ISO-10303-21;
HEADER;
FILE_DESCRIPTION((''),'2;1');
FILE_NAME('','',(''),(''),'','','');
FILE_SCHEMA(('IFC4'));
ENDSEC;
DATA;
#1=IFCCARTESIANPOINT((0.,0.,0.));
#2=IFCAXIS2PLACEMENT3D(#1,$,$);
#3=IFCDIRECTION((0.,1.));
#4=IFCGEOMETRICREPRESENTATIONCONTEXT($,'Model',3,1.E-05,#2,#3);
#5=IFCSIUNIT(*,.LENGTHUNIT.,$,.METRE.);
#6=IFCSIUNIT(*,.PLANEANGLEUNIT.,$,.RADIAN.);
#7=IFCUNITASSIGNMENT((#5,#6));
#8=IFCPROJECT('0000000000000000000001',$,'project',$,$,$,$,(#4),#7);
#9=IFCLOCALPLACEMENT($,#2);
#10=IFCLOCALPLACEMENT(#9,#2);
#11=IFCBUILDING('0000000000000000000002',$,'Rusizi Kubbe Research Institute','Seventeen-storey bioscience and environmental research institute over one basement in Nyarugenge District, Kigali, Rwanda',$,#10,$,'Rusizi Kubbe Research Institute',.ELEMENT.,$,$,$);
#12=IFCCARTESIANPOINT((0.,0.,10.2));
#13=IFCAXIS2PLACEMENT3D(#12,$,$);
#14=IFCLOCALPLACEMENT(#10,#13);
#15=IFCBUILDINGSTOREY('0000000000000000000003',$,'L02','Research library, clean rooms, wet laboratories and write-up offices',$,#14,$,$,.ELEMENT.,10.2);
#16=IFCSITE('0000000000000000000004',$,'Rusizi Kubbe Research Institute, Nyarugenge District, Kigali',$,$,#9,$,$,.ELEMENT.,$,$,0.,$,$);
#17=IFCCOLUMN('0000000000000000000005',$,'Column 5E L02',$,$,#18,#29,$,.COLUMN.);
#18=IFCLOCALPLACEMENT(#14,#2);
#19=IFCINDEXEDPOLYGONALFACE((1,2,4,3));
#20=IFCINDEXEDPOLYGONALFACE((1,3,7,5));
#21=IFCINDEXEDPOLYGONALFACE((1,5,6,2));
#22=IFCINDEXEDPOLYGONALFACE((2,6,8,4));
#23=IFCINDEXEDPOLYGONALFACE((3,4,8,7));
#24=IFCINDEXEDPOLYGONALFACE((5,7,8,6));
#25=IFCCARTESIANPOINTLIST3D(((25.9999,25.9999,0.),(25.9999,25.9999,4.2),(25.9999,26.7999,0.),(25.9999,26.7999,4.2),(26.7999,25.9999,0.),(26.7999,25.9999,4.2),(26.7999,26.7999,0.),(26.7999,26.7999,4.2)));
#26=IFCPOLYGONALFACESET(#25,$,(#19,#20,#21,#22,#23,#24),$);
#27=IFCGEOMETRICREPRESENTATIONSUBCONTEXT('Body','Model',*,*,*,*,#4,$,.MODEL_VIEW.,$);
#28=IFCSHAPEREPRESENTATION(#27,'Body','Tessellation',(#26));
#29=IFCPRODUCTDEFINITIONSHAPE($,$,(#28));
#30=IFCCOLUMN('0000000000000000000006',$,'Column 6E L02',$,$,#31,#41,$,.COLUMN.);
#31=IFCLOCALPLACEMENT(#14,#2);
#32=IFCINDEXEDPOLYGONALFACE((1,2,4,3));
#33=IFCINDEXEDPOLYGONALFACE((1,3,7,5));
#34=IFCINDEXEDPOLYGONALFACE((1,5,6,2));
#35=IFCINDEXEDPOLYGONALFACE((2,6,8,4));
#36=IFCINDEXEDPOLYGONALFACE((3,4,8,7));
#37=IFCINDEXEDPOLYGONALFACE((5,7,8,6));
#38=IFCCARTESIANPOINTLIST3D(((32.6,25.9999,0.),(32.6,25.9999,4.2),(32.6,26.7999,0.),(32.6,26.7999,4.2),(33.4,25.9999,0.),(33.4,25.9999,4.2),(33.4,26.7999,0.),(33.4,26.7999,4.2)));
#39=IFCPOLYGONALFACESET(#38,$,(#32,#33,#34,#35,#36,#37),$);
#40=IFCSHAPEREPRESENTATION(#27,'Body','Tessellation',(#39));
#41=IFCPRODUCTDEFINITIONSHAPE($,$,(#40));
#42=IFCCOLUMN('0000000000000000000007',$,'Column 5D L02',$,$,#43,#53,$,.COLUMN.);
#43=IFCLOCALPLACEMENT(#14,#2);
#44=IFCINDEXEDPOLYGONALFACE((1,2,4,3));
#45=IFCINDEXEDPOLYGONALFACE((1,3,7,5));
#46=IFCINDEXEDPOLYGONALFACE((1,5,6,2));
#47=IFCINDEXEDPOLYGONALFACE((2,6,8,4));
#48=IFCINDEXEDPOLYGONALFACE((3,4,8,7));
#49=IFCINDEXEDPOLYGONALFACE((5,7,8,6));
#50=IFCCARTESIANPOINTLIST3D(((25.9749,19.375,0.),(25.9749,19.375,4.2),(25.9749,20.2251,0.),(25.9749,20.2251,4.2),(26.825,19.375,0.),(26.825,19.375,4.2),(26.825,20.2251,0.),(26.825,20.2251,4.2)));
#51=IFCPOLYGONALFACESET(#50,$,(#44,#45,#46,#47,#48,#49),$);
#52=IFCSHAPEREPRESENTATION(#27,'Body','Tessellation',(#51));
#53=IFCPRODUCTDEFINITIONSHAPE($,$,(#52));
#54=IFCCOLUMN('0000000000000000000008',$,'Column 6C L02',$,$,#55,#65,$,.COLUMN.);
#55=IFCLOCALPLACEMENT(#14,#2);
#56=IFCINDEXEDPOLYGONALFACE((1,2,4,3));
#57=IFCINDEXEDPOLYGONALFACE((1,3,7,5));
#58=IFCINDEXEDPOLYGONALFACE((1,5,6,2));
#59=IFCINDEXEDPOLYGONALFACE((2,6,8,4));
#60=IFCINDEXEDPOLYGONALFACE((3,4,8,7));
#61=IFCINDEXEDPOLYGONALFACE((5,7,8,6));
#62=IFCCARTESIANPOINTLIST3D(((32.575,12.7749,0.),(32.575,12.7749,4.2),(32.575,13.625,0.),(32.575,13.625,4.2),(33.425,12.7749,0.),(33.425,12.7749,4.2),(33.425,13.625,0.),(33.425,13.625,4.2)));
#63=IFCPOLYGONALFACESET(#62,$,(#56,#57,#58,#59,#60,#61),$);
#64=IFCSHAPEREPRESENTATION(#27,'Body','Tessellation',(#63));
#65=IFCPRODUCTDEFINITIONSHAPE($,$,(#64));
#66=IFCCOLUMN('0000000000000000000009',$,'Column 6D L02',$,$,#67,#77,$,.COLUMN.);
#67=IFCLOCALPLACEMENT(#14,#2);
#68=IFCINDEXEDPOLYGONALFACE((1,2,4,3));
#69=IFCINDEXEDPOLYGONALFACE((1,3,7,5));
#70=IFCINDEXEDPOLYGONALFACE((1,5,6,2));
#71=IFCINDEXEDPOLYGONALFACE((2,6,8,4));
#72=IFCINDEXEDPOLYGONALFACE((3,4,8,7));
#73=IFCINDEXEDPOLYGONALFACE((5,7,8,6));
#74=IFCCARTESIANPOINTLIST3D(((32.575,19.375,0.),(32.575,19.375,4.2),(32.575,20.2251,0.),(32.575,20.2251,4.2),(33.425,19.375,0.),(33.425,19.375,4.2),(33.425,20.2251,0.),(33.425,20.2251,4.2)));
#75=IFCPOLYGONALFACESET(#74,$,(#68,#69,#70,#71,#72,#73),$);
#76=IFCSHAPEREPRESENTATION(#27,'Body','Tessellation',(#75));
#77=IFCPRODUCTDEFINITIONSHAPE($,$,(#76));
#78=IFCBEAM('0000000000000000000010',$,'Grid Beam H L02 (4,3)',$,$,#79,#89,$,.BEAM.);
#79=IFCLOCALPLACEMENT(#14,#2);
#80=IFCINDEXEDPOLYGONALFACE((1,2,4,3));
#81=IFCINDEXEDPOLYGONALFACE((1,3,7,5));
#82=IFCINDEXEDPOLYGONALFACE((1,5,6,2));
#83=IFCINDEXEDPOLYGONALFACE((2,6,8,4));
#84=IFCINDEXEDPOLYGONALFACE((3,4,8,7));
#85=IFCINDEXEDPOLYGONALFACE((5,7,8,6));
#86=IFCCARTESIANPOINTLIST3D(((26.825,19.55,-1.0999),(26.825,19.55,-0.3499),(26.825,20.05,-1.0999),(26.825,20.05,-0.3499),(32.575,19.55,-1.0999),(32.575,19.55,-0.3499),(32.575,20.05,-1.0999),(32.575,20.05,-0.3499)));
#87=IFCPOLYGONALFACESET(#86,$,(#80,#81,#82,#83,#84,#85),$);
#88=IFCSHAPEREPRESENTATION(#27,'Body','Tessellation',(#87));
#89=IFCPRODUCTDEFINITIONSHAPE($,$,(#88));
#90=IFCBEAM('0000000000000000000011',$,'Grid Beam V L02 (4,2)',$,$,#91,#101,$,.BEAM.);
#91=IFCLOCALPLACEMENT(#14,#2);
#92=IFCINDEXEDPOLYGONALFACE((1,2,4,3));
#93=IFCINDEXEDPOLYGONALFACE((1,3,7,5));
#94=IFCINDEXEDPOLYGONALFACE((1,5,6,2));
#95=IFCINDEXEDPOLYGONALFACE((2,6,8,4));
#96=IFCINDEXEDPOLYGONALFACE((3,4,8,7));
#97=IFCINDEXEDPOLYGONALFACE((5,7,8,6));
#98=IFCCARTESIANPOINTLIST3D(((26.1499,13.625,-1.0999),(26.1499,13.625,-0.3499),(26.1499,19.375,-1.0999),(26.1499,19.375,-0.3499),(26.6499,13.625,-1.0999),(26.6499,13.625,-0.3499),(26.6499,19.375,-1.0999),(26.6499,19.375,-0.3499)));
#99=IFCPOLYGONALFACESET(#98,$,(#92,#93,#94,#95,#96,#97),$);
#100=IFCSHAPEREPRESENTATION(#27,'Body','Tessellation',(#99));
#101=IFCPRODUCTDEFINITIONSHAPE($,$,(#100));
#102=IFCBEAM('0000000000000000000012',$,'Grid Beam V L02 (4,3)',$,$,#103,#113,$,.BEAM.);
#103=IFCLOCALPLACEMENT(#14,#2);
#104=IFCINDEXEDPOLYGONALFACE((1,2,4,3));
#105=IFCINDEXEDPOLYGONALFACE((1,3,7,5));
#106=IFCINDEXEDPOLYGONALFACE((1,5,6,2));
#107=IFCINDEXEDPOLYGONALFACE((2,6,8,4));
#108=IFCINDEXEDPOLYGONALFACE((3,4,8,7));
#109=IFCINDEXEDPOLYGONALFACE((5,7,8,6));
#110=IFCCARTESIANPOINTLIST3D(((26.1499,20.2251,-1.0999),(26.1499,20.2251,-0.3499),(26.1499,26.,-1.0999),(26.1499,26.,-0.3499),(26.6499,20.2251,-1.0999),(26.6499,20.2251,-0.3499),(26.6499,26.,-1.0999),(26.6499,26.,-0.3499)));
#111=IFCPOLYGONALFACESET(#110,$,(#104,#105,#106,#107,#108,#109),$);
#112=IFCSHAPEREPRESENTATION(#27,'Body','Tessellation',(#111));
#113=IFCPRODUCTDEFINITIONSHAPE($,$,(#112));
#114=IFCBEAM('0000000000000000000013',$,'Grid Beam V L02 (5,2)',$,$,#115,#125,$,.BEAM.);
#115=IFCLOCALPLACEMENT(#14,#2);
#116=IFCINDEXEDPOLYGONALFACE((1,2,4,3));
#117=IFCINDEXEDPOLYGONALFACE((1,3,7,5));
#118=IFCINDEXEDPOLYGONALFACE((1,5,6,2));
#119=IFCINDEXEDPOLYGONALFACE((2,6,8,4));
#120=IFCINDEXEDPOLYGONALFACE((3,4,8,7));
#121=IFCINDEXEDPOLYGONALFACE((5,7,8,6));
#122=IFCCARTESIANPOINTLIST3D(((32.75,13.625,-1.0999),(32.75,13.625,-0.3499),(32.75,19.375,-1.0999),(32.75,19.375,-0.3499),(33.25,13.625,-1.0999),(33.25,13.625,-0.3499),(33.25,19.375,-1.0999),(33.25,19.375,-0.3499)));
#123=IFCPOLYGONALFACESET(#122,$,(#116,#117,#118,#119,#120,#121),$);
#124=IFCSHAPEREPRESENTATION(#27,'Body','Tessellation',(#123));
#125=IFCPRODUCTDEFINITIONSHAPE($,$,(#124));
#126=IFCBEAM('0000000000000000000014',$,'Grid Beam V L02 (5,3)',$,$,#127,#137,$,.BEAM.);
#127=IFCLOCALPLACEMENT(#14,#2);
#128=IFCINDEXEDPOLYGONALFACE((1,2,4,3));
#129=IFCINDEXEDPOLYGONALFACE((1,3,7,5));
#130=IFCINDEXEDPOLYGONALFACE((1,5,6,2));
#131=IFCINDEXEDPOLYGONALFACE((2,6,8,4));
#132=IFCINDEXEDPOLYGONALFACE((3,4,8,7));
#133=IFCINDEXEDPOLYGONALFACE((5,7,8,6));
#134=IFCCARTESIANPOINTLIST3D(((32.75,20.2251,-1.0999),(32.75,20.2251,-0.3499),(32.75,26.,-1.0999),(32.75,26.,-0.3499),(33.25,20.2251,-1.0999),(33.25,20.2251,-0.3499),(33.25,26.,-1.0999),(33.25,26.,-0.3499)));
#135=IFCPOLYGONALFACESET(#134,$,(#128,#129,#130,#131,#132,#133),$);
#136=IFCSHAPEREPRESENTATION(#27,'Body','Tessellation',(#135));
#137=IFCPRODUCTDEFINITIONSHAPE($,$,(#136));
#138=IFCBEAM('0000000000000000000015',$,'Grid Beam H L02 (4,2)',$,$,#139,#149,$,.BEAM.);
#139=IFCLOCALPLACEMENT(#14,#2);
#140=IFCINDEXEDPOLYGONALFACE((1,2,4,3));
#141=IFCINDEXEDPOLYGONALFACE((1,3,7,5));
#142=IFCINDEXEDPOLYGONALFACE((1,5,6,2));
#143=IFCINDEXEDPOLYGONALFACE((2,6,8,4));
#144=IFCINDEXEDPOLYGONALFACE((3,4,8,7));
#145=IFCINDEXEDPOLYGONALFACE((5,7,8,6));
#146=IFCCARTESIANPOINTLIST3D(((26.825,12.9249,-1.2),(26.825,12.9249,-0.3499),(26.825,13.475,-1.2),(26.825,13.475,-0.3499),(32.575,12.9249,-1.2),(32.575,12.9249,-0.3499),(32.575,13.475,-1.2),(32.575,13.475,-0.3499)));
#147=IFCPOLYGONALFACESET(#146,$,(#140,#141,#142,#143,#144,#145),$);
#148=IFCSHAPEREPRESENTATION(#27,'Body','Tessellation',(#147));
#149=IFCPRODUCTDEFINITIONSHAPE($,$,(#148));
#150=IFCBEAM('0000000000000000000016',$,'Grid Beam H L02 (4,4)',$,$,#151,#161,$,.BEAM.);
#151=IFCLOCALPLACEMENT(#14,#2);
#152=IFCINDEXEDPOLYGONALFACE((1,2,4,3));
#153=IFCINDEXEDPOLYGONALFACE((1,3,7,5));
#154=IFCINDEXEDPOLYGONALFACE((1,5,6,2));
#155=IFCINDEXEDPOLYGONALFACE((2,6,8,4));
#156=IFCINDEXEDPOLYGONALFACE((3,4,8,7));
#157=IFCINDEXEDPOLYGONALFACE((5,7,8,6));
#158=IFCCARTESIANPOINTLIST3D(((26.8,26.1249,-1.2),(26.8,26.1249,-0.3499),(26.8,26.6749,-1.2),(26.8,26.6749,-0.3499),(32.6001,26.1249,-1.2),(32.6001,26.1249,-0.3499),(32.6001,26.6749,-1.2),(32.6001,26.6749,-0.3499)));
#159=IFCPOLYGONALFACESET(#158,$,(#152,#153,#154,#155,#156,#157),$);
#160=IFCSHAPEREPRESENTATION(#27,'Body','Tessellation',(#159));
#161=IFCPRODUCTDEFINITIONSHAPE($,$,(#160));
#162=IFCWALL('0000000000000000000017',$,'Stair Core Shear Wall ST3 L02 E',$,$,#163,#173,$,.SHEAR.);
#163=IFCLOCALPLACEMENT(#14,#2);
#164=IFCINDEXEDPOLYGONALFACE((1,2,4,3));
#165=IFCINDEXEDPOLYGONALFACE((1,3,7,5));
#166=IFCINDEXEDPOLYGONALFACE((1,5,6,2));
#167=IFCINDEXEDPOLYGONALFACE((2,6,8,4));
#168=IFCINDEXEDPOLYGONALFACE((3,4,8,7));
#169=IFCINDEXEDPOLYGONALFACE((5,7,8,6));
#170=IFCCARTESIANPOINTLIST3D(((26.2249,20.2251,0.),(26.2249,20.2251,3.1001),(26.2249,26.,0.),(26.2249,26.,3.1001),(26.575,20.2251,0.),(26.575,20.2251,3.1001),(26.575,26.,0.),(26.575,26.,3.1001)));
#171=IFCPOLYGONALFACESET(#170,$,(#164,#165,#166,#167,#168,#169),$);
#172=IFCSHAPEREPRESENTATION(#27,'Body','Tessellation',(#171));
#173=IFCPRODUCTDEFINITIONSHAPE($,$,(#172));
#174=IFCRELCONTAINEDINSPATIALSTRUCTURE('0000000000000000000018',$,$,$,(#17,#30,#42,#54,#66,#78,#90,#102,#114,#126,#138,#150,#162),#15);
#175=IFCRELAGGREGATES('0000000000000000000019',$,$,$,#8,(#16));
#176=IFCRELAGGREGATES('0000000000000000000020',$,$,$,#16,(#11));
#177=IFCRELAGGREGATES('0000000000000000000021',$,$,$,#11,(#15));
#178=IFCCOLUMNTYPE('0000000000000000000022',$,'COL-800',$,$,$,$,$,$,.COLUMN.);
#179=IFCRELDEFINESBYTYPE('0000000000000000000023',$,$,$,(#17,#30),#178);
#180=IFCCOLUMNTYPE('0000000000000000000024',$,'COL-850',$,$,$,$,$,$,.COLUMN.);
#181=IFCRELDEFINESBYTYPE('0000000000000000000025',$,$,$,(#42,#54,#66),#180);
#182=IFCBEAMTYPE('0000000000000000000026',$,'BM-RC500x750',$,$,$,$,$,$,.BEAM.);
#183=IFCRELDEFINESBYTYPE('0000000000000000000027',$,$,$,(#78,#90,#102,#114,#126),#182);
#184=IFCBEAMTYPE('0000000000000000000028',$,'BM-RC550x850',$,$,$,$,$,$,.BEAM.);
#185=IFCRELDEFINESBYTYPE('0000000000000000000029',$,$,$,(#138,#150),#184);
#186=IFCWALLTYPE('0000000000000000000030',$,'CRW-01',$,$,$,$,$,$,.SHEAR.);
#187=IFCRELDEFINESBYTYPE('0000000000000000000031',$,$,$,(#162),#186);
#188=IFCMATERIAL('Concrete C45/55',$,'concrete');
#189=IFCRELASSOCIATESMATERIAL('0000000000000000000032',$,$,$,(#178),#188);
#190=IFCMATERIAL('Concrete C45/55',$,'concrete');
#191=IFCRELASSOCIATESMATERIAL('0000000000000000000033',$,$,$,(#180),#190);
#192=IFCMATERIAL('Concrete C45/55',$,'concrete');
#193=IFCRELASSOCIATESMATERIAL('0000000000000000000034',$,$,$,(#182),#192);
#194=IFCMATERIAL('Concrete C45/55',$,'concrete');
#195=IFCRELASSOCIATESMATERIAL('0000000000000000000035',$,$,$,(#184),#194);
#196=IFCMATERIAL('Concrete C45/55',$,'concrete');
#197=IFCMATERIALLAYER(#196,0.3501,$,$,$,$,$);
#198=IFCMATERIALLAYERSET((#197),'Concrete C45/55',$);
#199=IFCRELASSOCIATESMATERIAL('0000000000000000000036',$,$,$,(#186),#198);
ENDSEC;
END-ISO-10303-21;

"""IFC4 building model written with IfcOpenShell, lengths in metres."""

from ifc_helpers import new_model, si_unit, direction, frame, frame_2d, origin, origin_2d, place, context, subcontext, project, spatial, rectangle, extrude, material, layer, layer_set, material_profile, profile_set, type_object, element, save


model = new_model("IFC4")

# Units and contexts
model_context = context("Model", 3, precision=1e-05, world=origin(), true_north=direction((0.0, 1.0)))
body_context = subcontext(model_context, "Body", "Model", "MODEL_VIEW")
ifc_project = project(units=[si_unit("LENGTHUNIT", "METRE"), si_unit("PLANEANGLEUNIT", "RADIAN")], contexts=[model_context])

# Site, building, storey
site_placement = place(None, origin())
site = spatial("IfcSite", under=ifc_project, at=site_placement, Name="Rusizi Kubbe Research Institute, Nyarugenge District, Kigali", CompositionType="ELEMENT", RefElevation=0.0)
building_placement = place(site_placement, origin())
building = spatial("IfcBuilding", under=site, at=building_placement, Name="Rusizi Kubbe Research Institute", Description="Seventeen-storey bioscience and environmental research institute over one basement in Nyarugenge District, Kigali, Rwanda", LongName="Rusizi Kubbe Research Institute", CompositionType="ELEMENT")
storey_placement = place(building_placement, frame((0.0, 0.0, 10.2)))
storey = spatial("IfcBuildingStorey", under=building, at=storey_placement, Name="L02", Description="Research library, clean rooms, wet laboratories and write-up offices", CompositionType="ELEMENT", Elevation=10.2)

# Columns
ifc_material_1 = material(Name="Concrete C45/55", Category="concrete")
ifc_material_profile_1 = material_profile(ifc_material_1, rectangle(XDim=0.8, YDim=0.8, at=origin_2d()), Name="RC800x800")
ifc_profile_set_1 = profile_set([ifc_material_profile_1], Name="Concrete C45/55")
column_type_1 = type_object("IfcColumnType", Name="COL-800", PredefinedType="COLUMN", material=ifc_profile_set_1)
for number, where, z_axis, x_axis, name in (
    (1, (26.3999, 26.3999, 0.0), (0.0, 0.0, 1.0), (1.0, 0.0, 0.0), "Column 5E L02"),
    (2, (33.0, 26.3999, 0.0), (0.0, 0.0, 1.0), (1.0, 0.0, 0.0), "Column 6E L02"),
):
    element("IfcColumn", number, at=place(storey_placement, frame(where, z_axis=z_axis, x_axis=x_axis)), inside=storey, type_object=column_type_1, Name=name, PredefinedType="COLUMN", context=body_context, shape_type="SweptSolid", body=[
        extrude(rectangle(XDim=0.8, YDim=0.8, at=origin_2d()), origin(), (0.0, 0.0, 1.0), 4.2),
    ])
ifc_material_2 = material(Name="Concrete C45/55", Category="concrete")
ifc_material_profile_2 = material_profile(ifc_material_2, rectangle(XDim=0.8501, YDim=0.8501, at=origin_2d()), Name="RC850x850")
ifc_profile_set_2 = profile_set([ifc_material_profile_2], Name="Concrete C45/55")
column_type_2 = type_object("IfcColumnType", Name="COL-850", PredefinedType="COLUMN", material=ifc_profile_set_2)
for number, where, z_axis, x_axis, name in (
    (3, (26.3999, 19.8, 0.0), (0.0, 0.0, 1.0), (1.0, 0.0, 0.0), "Column 5D L02"),
    (4, (33.0, 13.2, 0.0), (0.0, 0.0, 1.0), (1.0, 0.0, 0.0), "Column 6C L02"),
    (5, (33.0, 19.8, 0.0), (0.0, 0.0, 1.0), (1.0, 0.0, 0.0), "Column 6D L02"),
):
    element("IfcColumn", number, at=place(storey_placement, frame(where, z_axis=z_axis, x_axis=x_axis)), inside=storey, type_object=column_type_2, Name=name, PredefinedType="COLUMN", context=body_context, shape_type="SweptSolid", body=[
        extrude(rectangle(XDim=0.8501, YDim=0.8501, at=origin_2d()), origin(), (0.0, 0.0, 1.0), 4.2),
    ])

# Beams
ifc_material_3 = material(Name="Concrete C45/55", Category="concrete")
ifc_material_profile_3 = material_profile(ifc_material_3, rectangle(XDim=0.5, YDim=0.75, at=origin_2d()), Name="RC500x750B")
ifc_profile_set_3 = profile_set([ifc_material_profile_3], Name="Concrete C45/55")
beam_type_1 = type_object("IfcBeamType", Name="BM-RC500x750", PredefinedType="BEAM", material=ifc_profile_set_3)
for number, where, z_axis, x_axis, name in (
    (6, (26.825, 19.8, -0.7249), (1.0, 0.0, 0.0), (0.0, 1.0, 0.0), "Grid Beam H L02 (4,3)"),
    (7, (26.3999, 13.625, -0.7249), (0.0, 1.0, 0.0), (-1.0, 0.0, 0.0), "Grid Beam V L02 (4,2)"),
):
    element("IfcBeam", number, at=place(storey_placement, frame(where, z_axis=z_axis, x_axis=x_axis)), inside=storey, type_object=beam_type_1, Name=name, PredefinedType="BEAM", context=body_context, shape_type="SweptSolid", body=[
        extrude(rectangle(XDim=0.5, YDim=0.75, at=origin_2d()), origin(), (0.0, 0.0, 1.0), 5.75),
    ])
beam_1_placement = place(storey_placement, frame((26.3999, 20.2251, -0.7249), z_axis=(0.0, 1.0, 0.0), x_axis=(-1.0, 0.0, 0.0)))
element("IfcBeam", 8, at=beam_1_placement, inside=storey, type_object=beam_type_1, Name="Grid Beam V L02 (4,3)", PredefinedType="BEAM", context=body_context, shape_type="SweptSolid", body=[
    extrude(rectangle(XDim=0.5, YDim=0.75, at=origin_2d()), origin(), (0.0, 0.0, 1.0), 5.7749),
])
beam_2_placement = place(storey_placement, frame((33.0, 13.625, -0.7249), z_axis=(0.0, 1.0, 0.0), x_axis=(-1.0, 0.0, 0.0)))
element("IfcBeam", 9, at=beam_2_placement, inside=storey, type_object=beam_type_1, Name="Grid Beam V L02 (5,2)", PredefinedType="BEAM", context=body_context, shape_type="SweptSolid", body=[
    extrude(rectangle(XDim=0.5, YDim=0.75, at=origin_2d()), origin(), (0.0, 0.0, 1.0), 5.75),
])
beam_3_placement = place(storey_placement, frame((33.0, 20.2251, -0.7249), z_axis=(0.0, 1.0, 0.0), x_axis=(-1.0, 0.0, 0.0)))
element("IfcBeam", 10, at=beam_3_placement, inside=storey, type_object=beam_type_1, Name="Grid Beam V L02 (5,3)", PredefinedType="BEAM", context=body_context, shape_type="SweptSolid", body=[
    extrude(rectangle(XDim=0.5, YDim=0.75, at=origin_2d()), origin(), (0.0, 0.0, 1.0), 5.7749),
])
ifc_material_4 = material(Name="Concrete C45/55", Category="concrete")
ifc_material_profile_4 = material_profile(ifc_material_4, rectangle(XDim=0.55, YDim=0.8501, at=origin_2d()), Name="RC550x850")
ifc_profile_set_4 = profile_set([ifc_material_profile_4], Name="Concrete C45/55")
beam_type_2 = type_object("IfcBeamType", Name="BM-RC550x850", PredefinedType="BEAM", material=ifc_profile_set_4)
beam_4_placement = place(storey_placement, frame((26.825, 13.2, -0.7749), z_axis=(1.0, 0.0, 0.0), x_axis=(0.0, 1.0, 0.0)))
element("IfcBeam", 11, at=beam_4_placement, inside=storey, type_object=beam_type_2, Name="Grid Beam H L02 (4,2)", PredefinedType="BEAM", context=body_context, shape_type="SweptSolid", body=[
    extrude(rectangle(XDim=0.55, YDim=0.8501, at=origin_2d()), origin(), (0.0, 0.0, 1.0), 5.75),
])
beam_5_placement = place(storey_placement, frame((26.8, 26.3999, -0.7749), z_axis=(1.0, 0.0, 0.0), x_axis=(0.0, 1.0, 0.0)))
element("IfcBeam", 12, at=beam_5_placement, inside=storey, type_object=beam_type_2, Name="Grid Beam H L02 (4,4)", PredefinedType="BEAM", context=body_context, shape_type="SweptSolid", body=[
    extrude(rectangle(XDim=0.55, YDim=0.8501, at=origin_2d()), origin(), (0.0, 0.0, 1.0), 5.8),
])

# Wall
ifc_material_5 = material(Name="Concrete C45/55", Category="concrete")
ifc_layer_1 = layer(ifc_material_5, 0.3501)
ifc_layer_set_1 = layer_set([ifc_layer_1], Name="Concrete C45/55")
wall_type_1 = type_object("IfcWallType", Name="CRW-01", PredefinedType="SHEAR", material=ifc_layer_set_1)
wall_1_placement = place(storey_placement, frame((26.3999, 20.2251, 0.0), z_axis=(0.0, 0.0, 1.0), x_axis=(0.0, 1.0, 0.0)))
element("IfcWall", 13, at=wall_1_placement, inside=storey, type_object=wall_type_1, Name="Stair Core Shear Wall ST3 L02 E", PredefinedType="SHEAR", context=body_context, shape_type="SweptSolid", body=[
    extrude(rectangle(XDim=5.7749, YDim=0.3501, at=frame_2d((2.8875, 0.0))), origin(), (0.0, 0.0, 1.0), 3.1001),
])

save(model, "model.ifc")
